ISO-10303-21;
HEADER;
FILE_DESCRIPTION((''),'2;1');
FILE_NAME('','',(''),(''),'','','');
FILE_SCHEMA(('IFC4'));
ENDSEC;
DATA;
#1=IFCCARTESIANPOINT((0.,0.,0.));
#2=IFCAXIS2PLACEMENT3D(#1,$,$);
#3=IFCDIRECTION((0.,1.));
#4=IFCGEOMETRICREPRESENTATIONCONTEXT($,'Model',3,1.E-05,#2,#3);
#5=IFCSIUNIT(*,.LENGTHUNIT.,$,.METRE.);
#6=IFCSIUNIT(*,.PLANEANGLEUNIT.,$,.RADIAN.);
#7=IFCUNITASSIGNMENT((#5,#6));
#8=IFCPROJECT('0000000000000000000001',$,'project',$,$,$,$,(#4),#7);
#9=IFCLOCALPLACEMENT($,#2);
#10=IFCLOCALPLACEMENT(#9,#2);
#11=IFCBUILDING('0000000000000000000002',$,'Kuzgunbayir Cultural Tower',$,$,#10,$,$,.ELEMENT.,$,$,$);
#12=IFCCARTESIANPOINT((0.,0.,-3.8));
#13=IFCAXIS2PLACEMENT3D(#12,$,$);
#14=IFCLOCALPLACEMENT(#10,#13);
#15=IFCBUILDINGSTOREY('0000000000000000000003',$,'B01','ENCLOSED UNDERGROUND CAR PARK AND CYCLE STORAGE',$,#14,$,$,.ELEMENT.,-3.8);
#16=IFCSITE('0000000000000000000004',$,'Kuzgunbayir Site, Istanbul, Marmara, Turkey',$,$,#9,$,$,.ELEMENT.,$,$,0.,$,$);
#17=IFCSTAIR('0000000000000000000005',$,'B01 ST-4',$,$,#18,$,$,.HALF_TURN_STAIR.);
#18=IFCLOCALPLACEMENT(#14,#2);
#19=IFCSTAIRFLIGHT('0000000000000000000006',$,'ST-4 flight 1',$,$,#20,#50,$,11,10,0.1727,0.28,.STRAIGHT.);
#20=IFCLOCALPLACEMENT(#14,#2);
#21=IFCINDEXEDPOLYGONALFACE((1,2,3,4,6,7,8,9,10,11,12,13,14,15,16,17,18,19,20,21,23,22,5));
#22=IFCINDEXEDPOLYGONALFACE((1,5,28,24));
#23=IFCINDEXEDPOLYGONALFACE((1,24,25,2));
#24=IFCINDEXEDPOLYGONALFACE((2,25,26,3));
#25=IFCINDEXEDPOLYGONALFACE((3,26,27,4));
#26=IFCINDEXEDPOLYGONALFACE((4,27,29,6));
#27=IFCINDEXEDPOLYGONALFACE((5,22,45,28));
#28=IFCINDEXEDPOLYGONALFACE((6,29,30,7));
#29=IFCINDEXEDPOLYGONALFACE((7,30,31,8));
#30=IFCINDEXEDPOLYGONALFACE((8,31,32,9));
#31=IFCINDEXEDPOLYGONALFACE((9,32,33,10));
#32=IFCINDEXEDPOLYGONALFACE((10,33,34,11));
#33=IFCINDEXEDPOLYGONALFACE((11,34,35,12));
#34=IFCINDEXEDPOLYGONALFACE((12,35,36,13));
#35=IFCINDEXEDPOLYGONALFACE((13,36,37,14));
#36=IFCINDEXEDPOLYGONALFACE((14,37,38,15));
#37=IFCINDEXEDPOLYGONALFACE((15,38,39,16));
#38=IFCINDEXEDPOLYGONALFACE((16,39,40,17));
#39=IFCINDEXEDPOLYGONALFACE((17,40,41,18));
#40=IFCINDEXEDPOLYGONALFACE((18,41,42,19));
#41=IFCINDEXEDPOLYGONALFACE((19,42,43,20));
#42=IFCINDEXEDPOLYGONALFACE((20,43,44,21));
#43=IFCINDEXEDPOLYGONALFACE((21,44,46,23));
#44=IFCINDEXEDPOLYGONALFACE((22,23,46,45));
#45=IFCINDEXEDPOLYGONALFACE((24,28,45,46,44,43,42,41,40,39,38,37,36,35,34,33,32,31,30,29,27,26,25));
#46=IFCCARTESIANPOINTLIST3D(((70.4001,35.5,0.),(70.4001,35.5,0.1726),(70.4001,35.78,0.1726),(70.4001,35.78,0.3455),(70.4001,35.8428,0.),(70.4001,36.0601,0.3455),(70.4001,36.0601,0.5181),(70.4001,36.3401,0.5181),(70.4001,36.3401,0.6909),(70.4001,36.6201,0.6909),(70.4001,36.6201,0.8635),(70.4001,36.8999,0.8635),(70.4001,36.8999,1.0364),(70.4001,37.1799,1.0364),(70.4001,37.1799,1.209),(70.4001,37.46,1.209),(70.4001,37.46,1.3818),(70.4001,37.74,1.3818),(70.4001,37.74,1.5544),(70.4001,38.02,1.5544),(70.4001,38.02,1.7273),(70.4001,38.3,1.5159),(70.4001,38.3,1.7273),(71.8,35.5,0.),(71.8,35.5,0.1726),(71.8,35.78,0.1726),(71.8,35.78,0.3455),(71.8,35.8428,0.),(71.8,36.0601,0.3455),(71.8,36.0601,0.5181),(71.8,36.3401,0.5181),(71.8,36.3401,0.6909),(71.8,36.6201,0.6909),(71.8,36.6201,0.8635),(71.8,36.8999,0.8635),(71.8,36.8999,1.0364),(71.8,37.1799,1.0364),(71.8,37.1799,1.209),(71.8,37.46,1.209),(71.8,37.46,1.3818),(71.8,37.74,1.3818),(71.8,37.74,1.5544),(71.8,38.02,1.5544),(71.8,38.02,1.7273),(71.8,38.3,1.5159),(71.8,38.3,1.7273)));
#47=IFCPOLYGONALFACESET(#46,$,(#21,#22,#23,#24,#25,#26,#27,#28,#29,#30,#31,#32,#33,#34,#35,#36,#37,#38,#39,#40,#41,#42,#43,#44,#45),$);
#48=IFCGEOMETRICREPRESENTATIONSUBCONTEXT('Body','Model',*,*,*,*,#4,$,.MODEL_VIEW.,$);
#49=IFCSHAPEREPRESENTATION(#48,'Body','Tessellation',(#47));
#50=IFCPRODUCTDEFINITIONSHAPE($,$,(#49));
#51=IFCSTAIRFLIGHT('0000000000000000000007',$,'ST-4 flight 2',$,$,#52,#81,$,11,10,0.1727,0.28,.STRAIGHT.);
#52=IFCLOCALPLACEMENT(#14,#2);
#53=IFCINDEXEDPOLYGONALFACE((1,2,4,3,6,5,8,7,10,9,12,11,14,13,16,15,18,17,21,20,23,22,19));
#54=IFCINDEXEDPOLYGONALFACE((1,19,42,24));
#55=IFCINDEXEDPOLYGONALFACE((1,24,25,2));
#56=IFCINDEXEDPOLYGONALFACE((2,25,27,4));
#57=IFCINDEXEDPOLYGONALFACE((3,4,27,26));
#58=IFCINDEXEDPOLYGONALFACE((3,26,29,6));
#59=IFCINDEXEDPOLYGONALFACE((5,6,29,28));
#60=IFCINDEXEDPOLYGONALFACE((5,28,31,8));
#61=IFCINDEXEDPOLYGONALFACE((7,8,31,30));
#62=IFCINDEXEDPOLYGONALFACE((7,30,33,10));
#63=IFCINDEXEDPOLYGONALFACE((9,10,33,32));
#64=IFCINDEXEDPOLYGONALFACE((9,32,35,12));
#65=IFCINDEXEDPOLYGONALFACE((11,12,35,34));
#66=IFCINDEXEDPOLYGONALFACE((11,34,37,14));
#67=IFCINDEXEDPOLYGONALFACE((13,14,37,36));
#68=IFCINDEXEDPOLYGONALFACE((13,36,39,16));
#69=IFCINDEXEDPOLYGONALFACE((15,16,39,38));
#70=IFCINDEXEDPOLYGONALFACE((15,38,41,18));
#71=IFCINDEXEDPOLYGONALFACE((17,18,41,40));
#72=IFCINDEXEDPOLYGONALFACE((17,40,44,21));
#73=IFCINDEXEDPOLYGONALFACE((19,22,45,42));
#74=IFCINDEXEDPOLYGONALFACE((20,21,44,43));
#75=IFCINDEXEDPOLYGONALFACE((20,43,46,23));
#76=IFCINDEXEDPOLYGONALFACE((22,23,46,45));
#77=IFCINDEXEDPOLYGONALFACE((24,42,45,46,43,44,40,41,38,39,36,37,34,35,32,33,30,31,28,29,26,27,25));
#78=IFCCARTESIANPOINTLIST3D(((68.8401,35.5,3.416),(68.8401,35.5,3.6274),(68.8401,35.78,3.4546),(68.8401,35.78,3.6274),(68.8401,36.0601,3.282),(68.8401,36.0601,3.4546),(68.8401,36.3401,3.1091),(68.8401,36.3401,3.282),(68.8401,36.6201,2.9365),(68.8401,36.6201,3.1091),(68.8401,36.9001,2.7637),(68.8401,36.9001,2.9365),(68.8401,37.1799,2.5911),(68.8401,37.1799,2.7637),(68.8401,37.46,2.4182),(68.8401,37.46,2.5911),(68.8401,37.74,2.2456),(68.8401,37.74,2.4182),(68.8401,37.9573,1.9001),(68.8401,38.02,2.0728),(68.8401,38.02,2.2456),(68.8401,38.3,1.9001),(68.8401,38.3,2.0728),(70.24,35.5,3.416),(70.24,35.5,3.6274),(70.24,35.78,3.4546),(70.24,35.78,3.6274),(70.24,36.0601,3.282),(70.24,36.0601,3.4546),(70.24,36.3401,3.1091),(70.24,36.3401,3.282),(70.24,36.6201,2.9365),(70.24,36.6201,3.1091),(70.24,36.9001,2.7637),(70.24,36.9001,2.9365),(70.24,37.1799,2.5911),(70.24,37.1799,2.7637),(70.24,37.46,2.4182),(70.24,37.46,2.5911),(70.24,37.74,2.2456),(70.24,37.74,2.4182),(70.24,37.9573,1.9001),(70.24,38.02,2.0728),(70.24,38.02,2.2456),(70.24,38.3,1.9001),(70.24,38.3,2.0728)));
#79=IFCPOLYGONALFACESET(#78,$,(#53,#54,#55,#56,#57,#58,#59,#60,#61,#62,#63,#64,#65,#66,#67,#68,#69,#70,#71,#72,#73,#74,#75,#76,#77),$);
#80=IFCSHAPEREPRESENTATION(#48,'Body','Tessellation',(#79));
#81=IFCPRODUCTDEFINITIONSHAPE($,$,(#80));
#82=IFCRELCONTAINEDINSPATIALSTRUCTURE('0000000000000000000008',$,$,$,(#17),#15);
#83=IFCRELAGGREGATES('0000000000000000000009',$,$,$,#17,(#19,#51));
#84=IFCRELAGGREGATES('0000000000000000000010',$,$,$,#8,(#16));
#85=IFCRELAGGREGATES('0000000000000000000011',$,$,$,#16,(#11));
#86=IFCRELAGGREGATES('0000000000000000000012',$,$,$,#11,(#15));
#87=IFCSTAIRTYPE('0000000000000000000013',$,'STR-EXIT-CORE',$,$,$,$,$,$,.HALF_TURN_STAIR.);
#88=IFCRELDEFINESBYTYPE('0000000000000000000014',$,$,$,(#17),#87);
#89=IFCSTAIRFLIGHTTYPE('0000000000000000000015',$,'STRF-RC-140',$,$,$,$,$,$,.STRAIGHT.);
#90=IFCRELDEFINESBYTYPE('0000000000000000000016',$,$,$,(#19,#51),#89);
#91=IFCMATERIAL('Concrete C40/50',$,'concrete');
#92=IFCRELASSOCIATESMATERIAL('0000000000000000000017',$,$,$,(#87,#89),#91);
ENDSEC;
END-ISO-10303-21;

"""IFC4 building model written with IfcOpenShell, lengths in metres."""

from ifc_helpers import new_model, si_unit, direction, frame, origin, place, context, subcontext, project, spatial, polyline, outline, extrude, material, type_object, element, aggregate, save


model = new_model("IFC4")

# Units and contexts
model_context = context("Model", 3, precision=1e-05, world=origin(), true_north=direction((0.0, 1.0)))
body_context = subcontext(model_context, "Body", "Model", "MODEL_VIEW")
ifc_project = project(units=[si_unit("LENGTHUNIT", "METRE"), si_unit("PLANEANGLEUNIT", "RADIAN")], contexts=[model_context])

# Site, building, storey
site_placement = place(None, origin())
site = spatial("IfcSite", under=ifc_project, at=site_placement, Name="Kuzgunbayir Site, Istanbul, Marmara, Turkey", CompositionType="ELEMENT", RefElevation=0.0)
building_placement = place(site_placement, origin())
building = spatial("IfcBuilding", under=site, at=building_placement, Name="Kuzgunbayir Cultural Tower", CompositionType="ELEMENT")
storey_placement = place(building_placement, frame((0.0, 0.0, -3.8)))
storey = spatial("IfcBuildingStorey", under=building, at=storey_placement, Name="B01", Description="ENCLOSED UNDERGROUND CAR PARK AND CYCLE STORAGE", CompositionType="ELEMENT", Elevation=-3.8)

# Shared definitions
ifc_material_1 = material(Name="Concrete C40/50", Category="concrete")

# Stair, stair flights
stair_type = type_object("IfcStairType", Name="STR-EXIT-CORE", PredefinedType="HALF_TURN_STAIR", material=ifc_material_1)
stair_placement = place(storey_placement, origin())
stair = element("IfcStair", 1, at=stair_placement, inside=storey, type_object=stair_type, Name="B01 ST-4", PredefinedType="HALF_TURN_STAIR")
stair_flight_type = type_object("IfcStairFlightType", Name="STRF-RC-140", PredefinedType="STRAIGHT", material=ifc_material_1)
stair_flight_1_placement = place(storey_placement, frame((71.1001, 35.5, 0.0), z_axis=(0.0, 0.0, 1.0), x_axis=(0.0, 1.0, 0.0)))
stair_flight_1 = element("IfcStairFlight", 2, at=stair_flight_1_placement, type_object=stair_flight_type, Name="ST-4 flight 1", NumberOfRisers=11, NumberOfTreads=10, PredefinedType="STRAIGHT", RiserHeight=0.1727, TreadLength=0.28, context=body_context, shape_type="SweptSolid", body=[
    extrude(outline(polyline([(0.0, 0.0), (0.0, 0.1726), (0.28, 0.1726), (0.28, 0.3455), (0.5601, 0.3455), (0.5601, 0.5181), (0.8401, 0.5181), (0.8401, 0.6909), (1.1201, 0.6909), (1.1201, 0.8635), (1.3999, 0.8635), (1.3999, 1.0364), (1.6799, 1.0364), (1.6799, 1.209), (1.96, 1.209), (1.96, 1.3818), (2.24, 1.3818), (2.24, 1.5544), (2.52, 1.5544), (2.52, 1.7273), (2.8, 1.7273), (2.8, 1.8999), (2.8, 1.5159), (0.3428, 0.0), (0.0, 0.0)])), frame((0.0, 0.7, 0.0), z_axis=(0.0, -1.0, 0.0), x_axis=(1.0, 0.0, 0.0)), (0.0, 0.0, 1.0), 1.3999),
])
stair_flight_2_placement = place(storey_placement, frame((69.54, 38.3, 1.9001), z_axis=(0.0, 0.0, 1.0), x_axis=(0.0, -1.0, 0.0)))
stair_flight_2 = element("IfcStairFlight", 3, at=stair_flight_2_placement, type_object=stair_flight_type, Name="ST-4 flight 2", NumberOfRisers=11, NumberOfTreads=10, PredefinedType="STRAIGHT", RiserHeight=0.1727, TreadLength=0.28, context=body_context, shape_type="SweptSolid", body=[
    extrude(outline(polyline([(0.0, 0.0), (0.0, 0.1726), (0.28, 0.1726), (0.28, 0.3455), (0.5601, 0.3455), (0.5601, 0.5181), (0.8401, 0.5181), (0.8401, 0.6909), (1.1201, 0.6909), (1.1201, 0.8635), (1.3999, 0.8635), (1.3999, 1.0364), (1.6799, 1.0364), (1.6799, 1.209), (1.96, 1.209), (1.96, 1.3818), (2.24, 1.3818), (2.24, 1.5544), (2.52, 1.5544), (2.52, 1.7273), (2.8, 1.7273), (2.8, 1.8999), (2.8, 1.5159), (0.3428, 0.0), (0.0, 0.0)])), frame((0.0, 0.7, 0.0), z_axis=(0.0, -1.0, 0.0), x_axis=(1.0, 0.0, 0.0)), (0.0, 0.0, 1.0), 1.3999),
])
aggregate(stair, [stair_flight_1, stair_flight_2])

save(model, "model.ifc")
